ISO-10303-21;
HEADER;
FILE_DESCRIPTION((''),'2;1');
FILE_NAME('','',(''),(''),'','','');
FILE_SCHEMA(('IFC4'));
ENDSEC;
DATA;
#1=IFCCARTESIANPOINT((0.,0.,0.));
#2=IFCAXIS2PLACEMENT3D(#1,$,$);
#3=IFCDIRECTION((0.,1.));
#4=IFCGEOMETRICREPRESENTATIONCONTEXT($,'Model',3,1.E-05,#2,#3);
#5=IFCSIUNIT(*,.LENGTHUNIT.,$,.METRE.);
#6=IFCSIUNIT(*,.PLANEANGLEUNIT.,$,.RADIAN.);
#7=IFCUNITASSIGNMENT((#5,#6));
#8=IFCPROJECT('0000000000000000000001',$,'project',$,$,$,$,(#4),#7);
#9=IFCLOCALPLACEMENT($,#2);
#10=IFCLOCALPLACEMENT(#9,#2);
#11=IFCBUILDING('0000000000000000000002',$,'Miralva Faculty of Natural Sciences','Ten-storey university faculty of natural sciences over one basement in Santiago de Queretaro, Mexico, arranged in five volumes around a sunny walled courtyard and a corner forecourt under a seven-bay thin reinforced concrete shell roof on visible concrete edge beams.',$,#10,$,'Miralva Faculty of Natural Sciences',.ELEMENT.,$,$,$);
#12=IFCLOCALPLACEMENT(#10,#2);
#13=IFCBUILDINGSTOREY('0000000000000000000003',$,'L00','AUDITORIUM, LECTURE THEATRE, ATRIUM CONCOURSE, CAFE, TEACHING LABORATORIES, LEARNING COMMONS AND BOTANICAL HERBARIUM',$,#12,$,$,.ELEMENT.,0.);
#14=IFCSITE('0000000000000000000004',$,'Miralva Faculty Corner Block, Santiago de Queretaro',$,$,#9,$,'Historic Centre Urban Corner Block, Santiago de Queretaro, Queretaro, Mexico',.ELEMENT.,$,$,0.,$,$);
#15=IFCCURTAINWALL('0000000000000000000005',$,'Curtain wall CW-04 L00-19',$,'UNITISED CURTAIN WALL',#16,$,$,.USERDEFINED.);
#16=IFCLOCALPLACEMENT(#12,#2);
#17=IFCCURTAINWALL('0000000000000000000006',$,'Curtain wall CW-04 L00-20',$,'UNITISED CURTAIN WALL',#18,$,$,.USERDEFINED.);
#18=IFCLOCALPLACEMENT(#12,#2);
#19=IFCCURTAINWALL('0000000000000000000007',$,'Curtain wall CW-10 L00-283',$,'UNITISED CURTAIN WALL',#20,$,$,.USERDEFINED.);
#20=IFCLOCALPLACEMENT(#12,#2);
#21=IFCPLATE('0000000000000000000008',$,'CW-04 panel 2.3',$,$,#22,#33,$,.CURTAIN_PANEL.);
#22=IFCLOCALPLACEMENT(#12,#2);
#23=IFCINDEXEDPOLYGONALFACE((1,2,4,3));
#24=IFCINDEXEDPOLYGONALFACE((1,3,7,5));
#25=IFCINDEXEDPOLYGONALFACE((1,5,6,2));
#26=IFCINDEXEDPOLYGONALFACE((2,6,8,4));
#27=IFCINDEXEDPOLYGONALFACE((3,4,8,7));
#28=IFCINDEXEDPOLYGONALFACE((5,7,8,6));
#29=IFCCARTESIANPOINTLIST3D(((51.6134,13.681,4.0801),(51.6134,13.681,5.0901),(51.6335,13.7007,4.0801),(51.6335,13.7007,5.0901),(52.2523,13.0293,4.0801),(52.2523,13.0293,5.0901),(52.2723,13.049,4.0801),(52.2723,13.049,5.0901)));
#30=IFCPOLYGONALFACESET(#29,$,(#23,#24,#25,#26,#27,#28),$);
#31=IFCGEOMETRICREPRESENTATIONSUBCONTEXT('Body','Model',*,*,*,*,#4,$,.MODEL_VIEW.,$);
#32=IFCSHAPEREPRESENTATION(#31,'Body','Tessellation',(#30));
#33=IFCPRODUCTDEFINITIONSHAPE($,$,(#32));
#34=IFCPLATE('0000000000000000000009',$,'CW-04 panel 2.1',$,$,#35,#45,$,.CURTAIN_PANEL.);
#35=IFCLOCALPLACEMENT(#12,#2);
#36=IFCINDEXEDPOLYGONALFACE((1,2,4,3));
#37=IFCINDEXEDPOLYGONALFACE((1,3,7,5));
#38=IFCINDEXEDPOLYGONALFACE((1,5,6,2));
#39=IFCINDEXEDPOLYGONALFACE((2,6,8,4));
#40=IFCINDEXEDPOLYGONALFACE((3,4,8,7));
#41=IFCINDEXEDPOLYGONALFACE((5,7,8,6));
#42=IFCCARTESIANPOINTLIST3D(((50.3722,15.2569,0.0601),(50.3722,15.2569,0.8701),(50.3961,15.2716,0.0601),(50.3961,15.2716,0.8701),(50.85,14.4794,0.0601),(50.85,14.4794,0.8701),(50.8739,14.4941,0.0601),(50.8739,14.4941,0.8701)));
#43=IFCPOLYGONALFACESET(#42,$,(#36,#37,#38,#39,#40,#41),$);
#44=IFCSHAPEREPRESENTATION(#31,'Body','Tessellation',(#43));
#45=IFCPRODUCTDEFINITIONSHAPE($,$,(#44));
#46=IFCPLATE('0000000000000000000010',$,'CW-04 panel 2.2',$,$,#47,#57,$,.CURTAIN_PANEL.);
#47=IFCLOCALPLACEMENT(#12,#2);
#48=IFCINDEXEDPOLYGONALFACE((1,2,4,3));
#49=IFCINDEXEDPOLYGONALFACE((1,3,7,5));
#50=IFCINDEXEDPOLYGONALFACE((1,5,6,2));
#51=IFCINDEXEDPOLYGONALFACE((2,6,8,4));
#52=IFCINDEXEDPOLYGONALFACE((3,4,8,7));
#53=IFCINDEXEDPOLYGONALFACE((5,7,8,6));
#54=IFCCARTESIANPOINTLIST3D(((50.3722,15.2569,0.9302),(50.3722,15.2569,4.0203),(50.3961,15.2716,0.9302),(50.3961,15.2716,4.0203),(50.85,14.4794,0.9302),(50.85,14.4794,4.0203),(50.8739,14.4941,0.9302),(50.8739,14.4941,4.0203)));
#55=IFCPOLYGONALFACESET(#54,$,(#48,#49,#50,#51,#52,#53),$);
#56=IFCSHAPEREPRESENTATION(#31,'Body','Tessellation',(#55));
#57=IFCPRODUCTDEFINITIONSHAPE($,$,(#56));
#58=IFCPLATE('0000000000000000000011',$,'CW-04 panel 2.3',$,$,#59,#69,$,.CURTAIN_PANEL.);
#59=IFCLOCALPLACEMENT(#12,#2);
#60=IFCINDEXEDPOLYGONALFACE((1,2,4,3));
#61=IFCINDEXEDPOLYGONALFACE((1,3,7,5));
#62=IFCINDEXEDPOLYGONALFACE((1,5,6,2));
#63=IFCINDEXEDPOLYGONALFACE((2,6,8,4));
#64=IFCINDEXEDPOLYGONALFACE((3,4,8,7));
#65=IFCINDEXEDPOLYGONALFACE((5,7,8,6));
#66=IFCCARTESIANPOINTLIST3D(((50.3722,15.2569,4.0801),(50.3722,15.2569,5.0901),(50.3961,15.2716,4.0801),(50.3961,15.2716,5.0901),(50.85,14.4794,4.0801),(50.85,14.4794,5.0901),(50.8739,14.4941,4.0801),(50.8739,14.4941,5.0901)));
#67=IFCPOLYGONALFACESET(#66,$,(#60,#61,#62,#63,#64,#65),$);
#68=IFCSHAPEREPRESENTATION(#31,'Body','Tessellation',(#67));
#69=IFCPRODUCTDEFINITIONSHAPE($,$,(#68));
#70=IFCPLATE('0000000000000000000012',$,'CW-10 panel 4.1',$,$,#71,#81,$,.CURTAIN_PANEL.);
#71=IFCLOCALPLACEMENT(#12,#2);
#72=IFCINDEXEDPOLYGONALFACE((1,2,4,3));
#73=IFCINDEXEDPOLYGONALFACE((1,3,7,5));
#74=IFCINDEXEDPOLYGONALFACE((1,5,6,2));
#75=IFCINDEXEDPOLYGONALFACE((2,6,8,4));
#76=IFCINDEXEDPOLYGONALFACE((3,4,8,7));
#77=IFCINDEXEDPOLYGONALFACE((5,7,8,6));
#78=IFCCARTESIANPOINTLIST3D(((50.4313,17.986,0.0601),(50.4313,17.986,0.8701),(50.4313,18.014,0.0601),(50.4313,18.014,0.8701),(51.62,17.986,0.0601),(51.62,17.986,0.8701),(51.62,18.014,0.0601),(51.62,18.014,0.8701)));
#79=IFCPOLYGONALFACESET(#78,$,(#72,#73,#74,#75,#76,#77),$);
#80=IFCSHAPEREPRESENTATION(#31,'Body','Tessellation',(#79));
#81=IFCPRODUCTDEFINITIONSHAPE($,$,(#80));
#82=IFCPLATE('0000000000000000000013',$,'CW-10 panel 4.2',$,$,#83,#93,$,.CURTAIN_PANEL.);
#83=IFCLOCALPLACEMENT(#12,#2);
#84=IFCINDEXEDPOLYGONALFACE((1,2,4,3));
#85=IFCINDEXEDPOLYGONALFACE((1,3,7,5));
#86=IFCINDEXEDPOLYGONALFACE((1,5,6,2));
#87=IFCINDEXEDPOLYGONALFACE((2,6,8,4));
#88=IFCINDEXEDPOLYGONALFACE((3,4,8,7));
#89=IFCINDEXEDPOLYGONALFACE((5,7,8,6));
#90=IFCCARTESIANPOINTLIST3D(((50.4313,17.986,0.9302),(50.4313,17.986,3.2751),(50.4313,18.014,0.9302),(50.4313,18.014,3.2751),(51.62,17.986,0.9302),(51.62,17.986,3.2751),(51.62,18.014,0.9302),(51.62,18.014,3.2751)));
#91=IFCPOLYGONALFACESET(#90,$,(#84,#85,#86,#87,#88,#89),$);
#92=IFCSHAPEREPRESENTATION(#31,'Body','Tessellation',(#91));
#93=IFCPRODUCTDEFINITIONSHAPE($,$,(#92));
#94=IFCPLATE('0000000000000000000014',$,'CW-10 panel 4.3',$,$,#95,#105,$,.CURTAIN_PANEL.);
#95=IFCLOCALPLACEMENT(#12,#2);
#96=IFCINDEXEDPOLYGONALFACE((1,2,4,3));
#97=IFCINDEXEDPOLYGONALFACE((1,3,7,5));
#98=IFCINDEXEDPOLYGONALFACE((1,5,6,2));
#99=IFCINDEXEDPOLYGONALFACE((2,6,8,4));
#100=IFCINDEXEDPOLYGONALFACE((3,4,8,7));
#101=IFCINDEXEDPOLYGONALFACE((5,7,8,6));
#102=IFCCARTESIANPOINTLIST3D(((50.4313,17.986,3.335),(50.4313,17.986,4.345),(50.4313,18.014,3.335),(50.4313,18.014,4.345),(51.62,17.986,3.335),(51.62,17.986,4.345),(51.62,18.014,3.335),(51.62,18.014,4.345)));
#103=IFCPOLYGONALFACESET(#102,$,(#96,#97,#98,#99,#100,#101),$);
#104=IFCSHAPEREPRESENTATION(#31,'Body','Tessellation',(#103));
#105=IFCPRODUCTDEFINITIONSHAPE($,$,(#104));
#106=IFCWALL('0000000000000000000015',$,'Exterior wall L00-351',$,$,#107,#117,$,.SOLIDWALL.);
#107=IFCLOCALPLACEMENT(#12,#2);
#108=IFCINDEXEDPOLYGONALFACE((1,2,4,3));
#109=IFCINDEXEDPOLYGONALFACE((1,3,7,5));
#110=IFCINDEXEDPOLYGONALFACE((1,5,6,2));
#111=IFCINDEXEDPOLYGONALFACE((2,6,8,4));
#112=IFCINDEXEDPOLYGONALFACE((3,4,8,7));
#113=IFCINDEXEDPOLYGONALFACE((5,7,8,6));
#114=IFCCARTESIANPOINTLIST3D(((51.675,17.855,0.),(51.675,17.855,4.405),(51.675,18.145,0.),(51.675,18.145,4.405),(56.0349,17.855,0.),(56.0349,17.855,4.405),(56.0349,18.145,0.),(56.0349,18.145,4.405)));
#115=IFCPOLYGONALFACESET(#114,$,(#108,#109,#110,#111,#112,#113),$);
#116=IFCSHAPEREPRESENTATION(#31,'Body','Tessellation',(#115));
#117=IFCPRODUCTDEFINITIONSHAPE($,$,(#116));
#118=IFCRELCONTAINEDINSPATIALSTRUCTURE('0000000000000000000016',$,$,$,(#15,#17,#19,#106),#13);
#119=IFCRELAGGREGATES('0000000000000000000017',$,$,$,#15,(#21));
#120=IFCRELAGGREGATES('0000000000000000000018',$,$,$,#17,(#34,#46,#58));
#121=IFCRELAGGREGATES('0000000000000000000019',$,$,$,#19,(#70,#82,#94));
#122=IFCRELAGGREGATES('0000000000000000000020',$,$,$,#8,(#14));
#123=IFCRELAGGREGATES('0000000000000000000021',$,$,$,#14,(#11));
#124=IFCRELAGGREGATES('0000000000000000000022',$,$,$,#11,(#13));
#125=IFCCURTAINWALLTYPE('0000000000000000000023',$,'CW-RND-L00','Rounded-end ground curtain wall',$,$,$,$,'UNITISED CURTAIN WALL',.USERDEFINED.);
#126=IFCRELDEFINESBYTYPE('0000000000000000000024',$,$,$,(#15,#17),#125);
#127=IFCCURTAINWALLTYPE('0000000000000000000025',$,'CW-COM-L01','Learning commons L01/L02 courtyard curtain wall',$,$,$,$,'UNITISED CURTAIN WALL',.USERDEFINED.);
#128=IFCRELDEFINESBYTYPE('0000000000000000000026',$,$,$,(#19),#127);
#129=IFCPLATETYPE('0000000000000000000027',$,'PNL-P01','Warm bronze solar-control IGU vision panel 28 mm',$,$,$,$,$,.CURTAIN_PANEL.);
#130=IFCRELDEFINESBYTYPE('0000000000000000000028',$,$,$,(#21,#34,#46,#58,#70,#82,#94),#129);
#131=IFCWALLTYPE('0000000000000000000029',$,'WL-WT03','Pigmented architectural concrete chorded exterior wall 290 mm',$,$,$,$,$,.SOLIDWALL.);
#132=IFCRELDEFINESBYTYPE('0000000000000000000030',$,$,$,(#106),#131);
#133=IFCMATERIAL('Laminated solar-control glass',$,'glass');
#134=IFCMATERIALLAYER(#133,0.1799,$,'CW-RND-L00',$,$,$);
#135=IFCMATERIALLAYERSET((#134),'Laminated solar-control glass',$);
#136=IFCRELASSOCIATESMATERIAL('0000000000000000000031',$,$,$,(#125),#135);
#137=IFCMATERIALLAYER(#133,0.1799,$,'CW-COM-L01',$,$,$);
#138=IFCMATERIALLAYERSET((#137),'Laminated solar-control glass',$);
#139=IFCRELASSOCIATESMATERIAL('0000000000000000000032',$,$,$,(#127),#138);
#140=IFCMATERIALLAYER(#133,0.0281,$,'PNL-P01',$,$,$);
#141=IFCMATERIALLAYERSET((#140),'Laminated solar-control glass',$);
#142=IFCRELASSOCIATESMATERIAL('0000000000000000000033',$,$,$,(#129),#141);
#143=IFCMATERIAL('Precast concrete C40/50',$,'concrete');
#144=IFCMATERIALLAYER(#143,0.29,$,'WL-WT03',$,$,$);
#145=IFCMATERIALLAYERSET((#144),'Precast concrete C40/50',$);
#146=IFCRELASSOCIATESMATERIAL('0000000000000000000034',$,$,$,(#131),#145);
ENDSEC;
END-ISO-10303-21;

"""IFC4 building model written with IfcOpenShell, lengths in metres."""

from ifc_helpers import new_model, si_unit, direction, frame, frame_2d, origin, origin_2d, place, context, subcontext, project, spatial, rectangle, extrude, material, layer, layer_set, type_object, element, aggregate, save


model = new_model("IFC4")

# Units and contexts
model_context = context("Model", 3, precision=1e-05, world=origin(), true_north=direction((0.0, 1.0)))
body_context = subcontext(model_context, "Body", "Model", "MODEL_VIEW")
ifc_project = project(units=[si_unit("LENGTHUNIT", "METRE"), si_unit("PLANEANGLEUNIT", "RADIAN")], contexts=[model_context])

# Site, building, storey
site_placement = place(None, origin())
site = spatial("IfcSite", under=ifc_project, at=site_placement, Name="Miralva Faculty Corner Block, Santiago de Queretaro", LongName="Historic Centre Urban Corner Block, Santiago de Queretaro, Queretaro, Mexico", CompositionType="ELEMENT", RefElevation=0.0)
building_placement = place(site_placement, origin())
building = spatial("IfcBuilding", under=site, at=building_placement, Name="Miralva Faculty of Natural Sciences", Description="Ten-storey university faculty of natural sciences over one basement in Santiago de Queretaro, Mexico, arranged in five volumes around a sunny walled courtyard and a corner forecourt under a seven-bay thin reinforced concrete shell roof on visible concrete edge beams.", LongName="Miralva Faculty of Natural Sciences", CompositionType="ELEMENT")
storey_placement = place(building_placement, origin())
storey = spatial("IfcBuildingStorey", under=building, at=storey_placement, Name="L00", Description="AUDITORIUM, LECTURE THEATRE, ATRIUM CONCOURSE, CAFE, TEACHING LABORATORIES, LEARNING COMMONS AND BOTANICAL HERBARIUM", CompositionType="ELEMENT", Elevation=0.0)

# Curtain wall
ifc_material_1 = material(Name="Laminated solar-control glass", Category="glass")
ifc_layer_1 = layer(ifc_material_1, 0.1799, Name="CW-RND-L00")
ifc_layer_set_1 = layer_set([ifc_layer_1], Name="Laminated solar-control glass")
curtain_wall_type_1 = type_object("IfcCurtainWallType", Name="CW-RND-L00", Description="Rounded-end ground curtain wall", ElementType="UNITISED CURTAIN WALL", PredefinedType="USERDEFINED", material=ifc_layer_set_1)
curtain_wall_1_placement = place(storey_placement, origin())
curtain_wall_1 = element("IfcCurtainWall", 1, at=curtain_wall_1_placement, inside=storey, type_object=curtain_wall_type_1, Name="Curtain wall CW-04 L00-19", ObjectType="UNITISED CURTAIN WALL", PredefinedType="USERDEFINED")

# Curtain wall
curtain_wall_2_placement = place(storey_placement, origin())
curtain_wall_2 = element("IfcCurtainWall", 2, at=curtain_wall_2_placement, inside=storey, type_object=curtain_wall_type_1, Name="Curtain wall CW-04 L00-20", ObjectType="UNITISED CURTAIN WALL", PredefinedType="USERDEFINED")

# Curtain wall
ifc_layer_2 = layer(ifc_material_1, 0.1799, Name="CW-COM-L01")
ifc_layer_set_2 = layer_set([ifc_layer_2], Name="Laminated solar-control glass")
curtain_wall_type_2 = type_object("IfcCurtainWallType", Name="CW-COM-L01", Description="Learning commons L01/L02 courtyard curtain wall", ElementType="UNITISED CURTAIN WALL", PredefinedType="USERDEFINED", material=ifc_layer_set_2)
curtain_wall_3_placement = place(storey_placement, origin())
curtain_wall_3 = element("IfcCurtainWall", 3, at=curtain_wall_3_placement, inside=storey, type_object=curtain_wall_type_2, Name="Curtain wall CW-10 L00-283", ObjectType="UNITISED CURTAIN WALL", PredefinedType="USERDEFINED")

# Plates
ifc_layer_3 = layer(ifc_material_1, 0.0281, Name="PNL-P01")
ifc_layer_set_3 = layer_set([ifc_layer_3], Name="Laminated solar-control glass")
plate_type_1 = type_object("IfcPlateType", Name="PNL-P01", Description="Warm bronze solar-control IGU vision panel 28 mm", PredefinedType="CURTAIN_PANEL", material=ifc_layer_set_3)
plate_1_placement = place(storey_placement, frame((51.9429, 13.365, 4.0801), z_axis=(0.0, 0.0, 1.0), x_axis=(0.700018, -0.714125, 0.0)))
plate_1 = element("IfcPlate", 4, at=plate_1_placement, type_object=plate_type_1, Name="CW-04 panel 2.3", PredefinedType="CURTAIN_PANEL", context=body_context, shape_type="SweptSolid", body=[
    extrude(rectangle(XDim=0.9126, YDim=0.0281, at=origin_2d()), origin(), (0.0, 0.0, 1.0), 1.01),
])
aggregate(curtain_wall_1, [plate_1])
plate_2_placement = place(storey_placement, frame((50.623, 14.8755, 0.0601), z_axis=(0.0, 0.0, 1.0), x_axis=(0.523551, -0.851995, 0.0)))
plate_2 = element("IfcPlate", 5, at=plate_2_placement, type_object=plate_type_1, Name="CW-04 panel 2.1", PredefinedType="CURTAIN_PANEL", context=body_context, shape_type="SweptSolid", body=[
    extrude(rectangle(XDim=0.9126, YDim=0.0281, at=origin_2d()), origin(), (0.0, 0.0, 1.0), 0.8101),
])
plate_3_placement = place(storey_placement, frame((50.623, 14.8755, 0.9302), z_axis=(0.0, 0.0, 1.0), x_axis=(0.523551, -0.851995, 0.0)))
plate_3 = element("IfcPlate", 6, at=plate_3_placement, type_object=plate_type_1, Name="CW-04 panel 2.2", PredefinedType="CURTAIN_PANEL", context=body_context, shape_type="SweptSolid", body=[
    extrude(rectangle(XDim=0.9126, YDim=0.0281, at=origin_2d()), origin(), (0.0, 0.0, 1.0), 3.0901),
])
plate_4_placement = place(storey_placement, frame((50.623, 14.8755, 4.0801), z_axis=(0.0, 0.0, 1.0), x_axis=(0.523551, -0.851995, 0.0)))
plate_4 = element("IfcPlate", 7, at=plate_4_placement, type_object=plate_type_1, Name="CW-04 panel 2.3", PredefinedType="CURTAIN_PANEL", context=body_context, shape_type="SweptSolid", body=[
    extrude(rectangle(XDim=0.9126, YDim=0.0281, at=origin_2d()), origin(), (0.0, 0.0, 1.0), 1.01),
])
aggregate(curtain_wall_2, [plate_2, plate_3, plate_4])
plate_5_placement = place(storey_placement, frame((51.0256, 18.0, 0.0601), z_axis=(0.0, 0.0, 1.0), x_axis=(1.0, 0.0, 0.0)))
plate_5 = element("IfcPlate", 8, at=plate_5_placement, type_object=plate_type_1, Name="CW-10 panel 4.1", PredefinedType="CURTAIN_PANEL", context=body_context, shape_type="SweptSolid", body=[
    extrude(rectangle(XDim=1.1887, YDim=0.0281, at=origin_2d()), origin(), (0.0, 0.0, 1.0), 0.8101),
])
plate_6_placement = place(storey_placement, frame((51.0256, 18.0, 0.9302), z_axis=(0.0, 0.0, 1.0), x_axis=(1.0, 0.0, 0.0)))
plate_6 = element("IfcPlate", 9, at=plate_6_placement, type_object=plate_type_1, Name="CW-10 panel 4.2", PredefinedType="CURTAIN_PANEL", context=body_context, shape_type="SweptSolid", body=[
    extrude(rectangle(XDim=1.1887, YDim=0.0281, at=origin_2d()), origin(), (0.0, 0.0, 1.0), 2.345),
])
plate_7_placement = place(storey_placement, frame((51.0256, 18.0, 3.335), z_axis=(0.0, 0.0, 1.0), x_axis=(1.0, 0.0, 0.0)))
plate_7 = element("IfcPlate", 10, at=plate_7_placement, type_object=plate_type_1, Name="CW-10 panel 4.3", PredefinedType="CURTAIN_PANEL", context=body_context, shape_type="SweptSolid", body=[
    extrude(rectangle(XDim=1.1887, YDim=0.0281, at=origin_2d()), origin(), (0.0, 0.0, 1.0), 1.01),
])
aggregate(curtain_wall_3, [plate_5, plate_6, plate_7])

# Wall
ifc_material_2 = material(Name="Precast concrete C40/50", Category="concrete")
ifc_layer_4 = layer(ifc_material_2, 0.29, Name="WL-WT03")
ifc_layer_set_4 = layer_set([ifc_layer_4], Name="Precast concrete C40/50")
wall_type = type_object("IfcWallType", Name="WL-WT03", Description="Pigmented architectural concrete chorded exterior wall 290 mm", PredefinedType="SOLIDWALL", material=ifc_layer_set_4)
wall_placement = place(storey_placement, frame((51.675, 18.0, 0.0), z_axis=(0.0, 0.0, 1.0), x_axis=(1.0, 0.0, 0.0)))
element("IfcWall", 11, at=wall_placement, inside=storey, type_object=wall_type, Name="Exterior wall L00-351", PredefinedType="SOLIDWALL", context=body_context, shape_type="SweptSolid", body=[
    extrude(rectangle(XDim=4.3599, YDim=0.29, at=frame_2d((2.1799, 0.0))), origin(), (0.0, 0.0, 1.0), 4.405),
])

save(model, "model.ifc")
